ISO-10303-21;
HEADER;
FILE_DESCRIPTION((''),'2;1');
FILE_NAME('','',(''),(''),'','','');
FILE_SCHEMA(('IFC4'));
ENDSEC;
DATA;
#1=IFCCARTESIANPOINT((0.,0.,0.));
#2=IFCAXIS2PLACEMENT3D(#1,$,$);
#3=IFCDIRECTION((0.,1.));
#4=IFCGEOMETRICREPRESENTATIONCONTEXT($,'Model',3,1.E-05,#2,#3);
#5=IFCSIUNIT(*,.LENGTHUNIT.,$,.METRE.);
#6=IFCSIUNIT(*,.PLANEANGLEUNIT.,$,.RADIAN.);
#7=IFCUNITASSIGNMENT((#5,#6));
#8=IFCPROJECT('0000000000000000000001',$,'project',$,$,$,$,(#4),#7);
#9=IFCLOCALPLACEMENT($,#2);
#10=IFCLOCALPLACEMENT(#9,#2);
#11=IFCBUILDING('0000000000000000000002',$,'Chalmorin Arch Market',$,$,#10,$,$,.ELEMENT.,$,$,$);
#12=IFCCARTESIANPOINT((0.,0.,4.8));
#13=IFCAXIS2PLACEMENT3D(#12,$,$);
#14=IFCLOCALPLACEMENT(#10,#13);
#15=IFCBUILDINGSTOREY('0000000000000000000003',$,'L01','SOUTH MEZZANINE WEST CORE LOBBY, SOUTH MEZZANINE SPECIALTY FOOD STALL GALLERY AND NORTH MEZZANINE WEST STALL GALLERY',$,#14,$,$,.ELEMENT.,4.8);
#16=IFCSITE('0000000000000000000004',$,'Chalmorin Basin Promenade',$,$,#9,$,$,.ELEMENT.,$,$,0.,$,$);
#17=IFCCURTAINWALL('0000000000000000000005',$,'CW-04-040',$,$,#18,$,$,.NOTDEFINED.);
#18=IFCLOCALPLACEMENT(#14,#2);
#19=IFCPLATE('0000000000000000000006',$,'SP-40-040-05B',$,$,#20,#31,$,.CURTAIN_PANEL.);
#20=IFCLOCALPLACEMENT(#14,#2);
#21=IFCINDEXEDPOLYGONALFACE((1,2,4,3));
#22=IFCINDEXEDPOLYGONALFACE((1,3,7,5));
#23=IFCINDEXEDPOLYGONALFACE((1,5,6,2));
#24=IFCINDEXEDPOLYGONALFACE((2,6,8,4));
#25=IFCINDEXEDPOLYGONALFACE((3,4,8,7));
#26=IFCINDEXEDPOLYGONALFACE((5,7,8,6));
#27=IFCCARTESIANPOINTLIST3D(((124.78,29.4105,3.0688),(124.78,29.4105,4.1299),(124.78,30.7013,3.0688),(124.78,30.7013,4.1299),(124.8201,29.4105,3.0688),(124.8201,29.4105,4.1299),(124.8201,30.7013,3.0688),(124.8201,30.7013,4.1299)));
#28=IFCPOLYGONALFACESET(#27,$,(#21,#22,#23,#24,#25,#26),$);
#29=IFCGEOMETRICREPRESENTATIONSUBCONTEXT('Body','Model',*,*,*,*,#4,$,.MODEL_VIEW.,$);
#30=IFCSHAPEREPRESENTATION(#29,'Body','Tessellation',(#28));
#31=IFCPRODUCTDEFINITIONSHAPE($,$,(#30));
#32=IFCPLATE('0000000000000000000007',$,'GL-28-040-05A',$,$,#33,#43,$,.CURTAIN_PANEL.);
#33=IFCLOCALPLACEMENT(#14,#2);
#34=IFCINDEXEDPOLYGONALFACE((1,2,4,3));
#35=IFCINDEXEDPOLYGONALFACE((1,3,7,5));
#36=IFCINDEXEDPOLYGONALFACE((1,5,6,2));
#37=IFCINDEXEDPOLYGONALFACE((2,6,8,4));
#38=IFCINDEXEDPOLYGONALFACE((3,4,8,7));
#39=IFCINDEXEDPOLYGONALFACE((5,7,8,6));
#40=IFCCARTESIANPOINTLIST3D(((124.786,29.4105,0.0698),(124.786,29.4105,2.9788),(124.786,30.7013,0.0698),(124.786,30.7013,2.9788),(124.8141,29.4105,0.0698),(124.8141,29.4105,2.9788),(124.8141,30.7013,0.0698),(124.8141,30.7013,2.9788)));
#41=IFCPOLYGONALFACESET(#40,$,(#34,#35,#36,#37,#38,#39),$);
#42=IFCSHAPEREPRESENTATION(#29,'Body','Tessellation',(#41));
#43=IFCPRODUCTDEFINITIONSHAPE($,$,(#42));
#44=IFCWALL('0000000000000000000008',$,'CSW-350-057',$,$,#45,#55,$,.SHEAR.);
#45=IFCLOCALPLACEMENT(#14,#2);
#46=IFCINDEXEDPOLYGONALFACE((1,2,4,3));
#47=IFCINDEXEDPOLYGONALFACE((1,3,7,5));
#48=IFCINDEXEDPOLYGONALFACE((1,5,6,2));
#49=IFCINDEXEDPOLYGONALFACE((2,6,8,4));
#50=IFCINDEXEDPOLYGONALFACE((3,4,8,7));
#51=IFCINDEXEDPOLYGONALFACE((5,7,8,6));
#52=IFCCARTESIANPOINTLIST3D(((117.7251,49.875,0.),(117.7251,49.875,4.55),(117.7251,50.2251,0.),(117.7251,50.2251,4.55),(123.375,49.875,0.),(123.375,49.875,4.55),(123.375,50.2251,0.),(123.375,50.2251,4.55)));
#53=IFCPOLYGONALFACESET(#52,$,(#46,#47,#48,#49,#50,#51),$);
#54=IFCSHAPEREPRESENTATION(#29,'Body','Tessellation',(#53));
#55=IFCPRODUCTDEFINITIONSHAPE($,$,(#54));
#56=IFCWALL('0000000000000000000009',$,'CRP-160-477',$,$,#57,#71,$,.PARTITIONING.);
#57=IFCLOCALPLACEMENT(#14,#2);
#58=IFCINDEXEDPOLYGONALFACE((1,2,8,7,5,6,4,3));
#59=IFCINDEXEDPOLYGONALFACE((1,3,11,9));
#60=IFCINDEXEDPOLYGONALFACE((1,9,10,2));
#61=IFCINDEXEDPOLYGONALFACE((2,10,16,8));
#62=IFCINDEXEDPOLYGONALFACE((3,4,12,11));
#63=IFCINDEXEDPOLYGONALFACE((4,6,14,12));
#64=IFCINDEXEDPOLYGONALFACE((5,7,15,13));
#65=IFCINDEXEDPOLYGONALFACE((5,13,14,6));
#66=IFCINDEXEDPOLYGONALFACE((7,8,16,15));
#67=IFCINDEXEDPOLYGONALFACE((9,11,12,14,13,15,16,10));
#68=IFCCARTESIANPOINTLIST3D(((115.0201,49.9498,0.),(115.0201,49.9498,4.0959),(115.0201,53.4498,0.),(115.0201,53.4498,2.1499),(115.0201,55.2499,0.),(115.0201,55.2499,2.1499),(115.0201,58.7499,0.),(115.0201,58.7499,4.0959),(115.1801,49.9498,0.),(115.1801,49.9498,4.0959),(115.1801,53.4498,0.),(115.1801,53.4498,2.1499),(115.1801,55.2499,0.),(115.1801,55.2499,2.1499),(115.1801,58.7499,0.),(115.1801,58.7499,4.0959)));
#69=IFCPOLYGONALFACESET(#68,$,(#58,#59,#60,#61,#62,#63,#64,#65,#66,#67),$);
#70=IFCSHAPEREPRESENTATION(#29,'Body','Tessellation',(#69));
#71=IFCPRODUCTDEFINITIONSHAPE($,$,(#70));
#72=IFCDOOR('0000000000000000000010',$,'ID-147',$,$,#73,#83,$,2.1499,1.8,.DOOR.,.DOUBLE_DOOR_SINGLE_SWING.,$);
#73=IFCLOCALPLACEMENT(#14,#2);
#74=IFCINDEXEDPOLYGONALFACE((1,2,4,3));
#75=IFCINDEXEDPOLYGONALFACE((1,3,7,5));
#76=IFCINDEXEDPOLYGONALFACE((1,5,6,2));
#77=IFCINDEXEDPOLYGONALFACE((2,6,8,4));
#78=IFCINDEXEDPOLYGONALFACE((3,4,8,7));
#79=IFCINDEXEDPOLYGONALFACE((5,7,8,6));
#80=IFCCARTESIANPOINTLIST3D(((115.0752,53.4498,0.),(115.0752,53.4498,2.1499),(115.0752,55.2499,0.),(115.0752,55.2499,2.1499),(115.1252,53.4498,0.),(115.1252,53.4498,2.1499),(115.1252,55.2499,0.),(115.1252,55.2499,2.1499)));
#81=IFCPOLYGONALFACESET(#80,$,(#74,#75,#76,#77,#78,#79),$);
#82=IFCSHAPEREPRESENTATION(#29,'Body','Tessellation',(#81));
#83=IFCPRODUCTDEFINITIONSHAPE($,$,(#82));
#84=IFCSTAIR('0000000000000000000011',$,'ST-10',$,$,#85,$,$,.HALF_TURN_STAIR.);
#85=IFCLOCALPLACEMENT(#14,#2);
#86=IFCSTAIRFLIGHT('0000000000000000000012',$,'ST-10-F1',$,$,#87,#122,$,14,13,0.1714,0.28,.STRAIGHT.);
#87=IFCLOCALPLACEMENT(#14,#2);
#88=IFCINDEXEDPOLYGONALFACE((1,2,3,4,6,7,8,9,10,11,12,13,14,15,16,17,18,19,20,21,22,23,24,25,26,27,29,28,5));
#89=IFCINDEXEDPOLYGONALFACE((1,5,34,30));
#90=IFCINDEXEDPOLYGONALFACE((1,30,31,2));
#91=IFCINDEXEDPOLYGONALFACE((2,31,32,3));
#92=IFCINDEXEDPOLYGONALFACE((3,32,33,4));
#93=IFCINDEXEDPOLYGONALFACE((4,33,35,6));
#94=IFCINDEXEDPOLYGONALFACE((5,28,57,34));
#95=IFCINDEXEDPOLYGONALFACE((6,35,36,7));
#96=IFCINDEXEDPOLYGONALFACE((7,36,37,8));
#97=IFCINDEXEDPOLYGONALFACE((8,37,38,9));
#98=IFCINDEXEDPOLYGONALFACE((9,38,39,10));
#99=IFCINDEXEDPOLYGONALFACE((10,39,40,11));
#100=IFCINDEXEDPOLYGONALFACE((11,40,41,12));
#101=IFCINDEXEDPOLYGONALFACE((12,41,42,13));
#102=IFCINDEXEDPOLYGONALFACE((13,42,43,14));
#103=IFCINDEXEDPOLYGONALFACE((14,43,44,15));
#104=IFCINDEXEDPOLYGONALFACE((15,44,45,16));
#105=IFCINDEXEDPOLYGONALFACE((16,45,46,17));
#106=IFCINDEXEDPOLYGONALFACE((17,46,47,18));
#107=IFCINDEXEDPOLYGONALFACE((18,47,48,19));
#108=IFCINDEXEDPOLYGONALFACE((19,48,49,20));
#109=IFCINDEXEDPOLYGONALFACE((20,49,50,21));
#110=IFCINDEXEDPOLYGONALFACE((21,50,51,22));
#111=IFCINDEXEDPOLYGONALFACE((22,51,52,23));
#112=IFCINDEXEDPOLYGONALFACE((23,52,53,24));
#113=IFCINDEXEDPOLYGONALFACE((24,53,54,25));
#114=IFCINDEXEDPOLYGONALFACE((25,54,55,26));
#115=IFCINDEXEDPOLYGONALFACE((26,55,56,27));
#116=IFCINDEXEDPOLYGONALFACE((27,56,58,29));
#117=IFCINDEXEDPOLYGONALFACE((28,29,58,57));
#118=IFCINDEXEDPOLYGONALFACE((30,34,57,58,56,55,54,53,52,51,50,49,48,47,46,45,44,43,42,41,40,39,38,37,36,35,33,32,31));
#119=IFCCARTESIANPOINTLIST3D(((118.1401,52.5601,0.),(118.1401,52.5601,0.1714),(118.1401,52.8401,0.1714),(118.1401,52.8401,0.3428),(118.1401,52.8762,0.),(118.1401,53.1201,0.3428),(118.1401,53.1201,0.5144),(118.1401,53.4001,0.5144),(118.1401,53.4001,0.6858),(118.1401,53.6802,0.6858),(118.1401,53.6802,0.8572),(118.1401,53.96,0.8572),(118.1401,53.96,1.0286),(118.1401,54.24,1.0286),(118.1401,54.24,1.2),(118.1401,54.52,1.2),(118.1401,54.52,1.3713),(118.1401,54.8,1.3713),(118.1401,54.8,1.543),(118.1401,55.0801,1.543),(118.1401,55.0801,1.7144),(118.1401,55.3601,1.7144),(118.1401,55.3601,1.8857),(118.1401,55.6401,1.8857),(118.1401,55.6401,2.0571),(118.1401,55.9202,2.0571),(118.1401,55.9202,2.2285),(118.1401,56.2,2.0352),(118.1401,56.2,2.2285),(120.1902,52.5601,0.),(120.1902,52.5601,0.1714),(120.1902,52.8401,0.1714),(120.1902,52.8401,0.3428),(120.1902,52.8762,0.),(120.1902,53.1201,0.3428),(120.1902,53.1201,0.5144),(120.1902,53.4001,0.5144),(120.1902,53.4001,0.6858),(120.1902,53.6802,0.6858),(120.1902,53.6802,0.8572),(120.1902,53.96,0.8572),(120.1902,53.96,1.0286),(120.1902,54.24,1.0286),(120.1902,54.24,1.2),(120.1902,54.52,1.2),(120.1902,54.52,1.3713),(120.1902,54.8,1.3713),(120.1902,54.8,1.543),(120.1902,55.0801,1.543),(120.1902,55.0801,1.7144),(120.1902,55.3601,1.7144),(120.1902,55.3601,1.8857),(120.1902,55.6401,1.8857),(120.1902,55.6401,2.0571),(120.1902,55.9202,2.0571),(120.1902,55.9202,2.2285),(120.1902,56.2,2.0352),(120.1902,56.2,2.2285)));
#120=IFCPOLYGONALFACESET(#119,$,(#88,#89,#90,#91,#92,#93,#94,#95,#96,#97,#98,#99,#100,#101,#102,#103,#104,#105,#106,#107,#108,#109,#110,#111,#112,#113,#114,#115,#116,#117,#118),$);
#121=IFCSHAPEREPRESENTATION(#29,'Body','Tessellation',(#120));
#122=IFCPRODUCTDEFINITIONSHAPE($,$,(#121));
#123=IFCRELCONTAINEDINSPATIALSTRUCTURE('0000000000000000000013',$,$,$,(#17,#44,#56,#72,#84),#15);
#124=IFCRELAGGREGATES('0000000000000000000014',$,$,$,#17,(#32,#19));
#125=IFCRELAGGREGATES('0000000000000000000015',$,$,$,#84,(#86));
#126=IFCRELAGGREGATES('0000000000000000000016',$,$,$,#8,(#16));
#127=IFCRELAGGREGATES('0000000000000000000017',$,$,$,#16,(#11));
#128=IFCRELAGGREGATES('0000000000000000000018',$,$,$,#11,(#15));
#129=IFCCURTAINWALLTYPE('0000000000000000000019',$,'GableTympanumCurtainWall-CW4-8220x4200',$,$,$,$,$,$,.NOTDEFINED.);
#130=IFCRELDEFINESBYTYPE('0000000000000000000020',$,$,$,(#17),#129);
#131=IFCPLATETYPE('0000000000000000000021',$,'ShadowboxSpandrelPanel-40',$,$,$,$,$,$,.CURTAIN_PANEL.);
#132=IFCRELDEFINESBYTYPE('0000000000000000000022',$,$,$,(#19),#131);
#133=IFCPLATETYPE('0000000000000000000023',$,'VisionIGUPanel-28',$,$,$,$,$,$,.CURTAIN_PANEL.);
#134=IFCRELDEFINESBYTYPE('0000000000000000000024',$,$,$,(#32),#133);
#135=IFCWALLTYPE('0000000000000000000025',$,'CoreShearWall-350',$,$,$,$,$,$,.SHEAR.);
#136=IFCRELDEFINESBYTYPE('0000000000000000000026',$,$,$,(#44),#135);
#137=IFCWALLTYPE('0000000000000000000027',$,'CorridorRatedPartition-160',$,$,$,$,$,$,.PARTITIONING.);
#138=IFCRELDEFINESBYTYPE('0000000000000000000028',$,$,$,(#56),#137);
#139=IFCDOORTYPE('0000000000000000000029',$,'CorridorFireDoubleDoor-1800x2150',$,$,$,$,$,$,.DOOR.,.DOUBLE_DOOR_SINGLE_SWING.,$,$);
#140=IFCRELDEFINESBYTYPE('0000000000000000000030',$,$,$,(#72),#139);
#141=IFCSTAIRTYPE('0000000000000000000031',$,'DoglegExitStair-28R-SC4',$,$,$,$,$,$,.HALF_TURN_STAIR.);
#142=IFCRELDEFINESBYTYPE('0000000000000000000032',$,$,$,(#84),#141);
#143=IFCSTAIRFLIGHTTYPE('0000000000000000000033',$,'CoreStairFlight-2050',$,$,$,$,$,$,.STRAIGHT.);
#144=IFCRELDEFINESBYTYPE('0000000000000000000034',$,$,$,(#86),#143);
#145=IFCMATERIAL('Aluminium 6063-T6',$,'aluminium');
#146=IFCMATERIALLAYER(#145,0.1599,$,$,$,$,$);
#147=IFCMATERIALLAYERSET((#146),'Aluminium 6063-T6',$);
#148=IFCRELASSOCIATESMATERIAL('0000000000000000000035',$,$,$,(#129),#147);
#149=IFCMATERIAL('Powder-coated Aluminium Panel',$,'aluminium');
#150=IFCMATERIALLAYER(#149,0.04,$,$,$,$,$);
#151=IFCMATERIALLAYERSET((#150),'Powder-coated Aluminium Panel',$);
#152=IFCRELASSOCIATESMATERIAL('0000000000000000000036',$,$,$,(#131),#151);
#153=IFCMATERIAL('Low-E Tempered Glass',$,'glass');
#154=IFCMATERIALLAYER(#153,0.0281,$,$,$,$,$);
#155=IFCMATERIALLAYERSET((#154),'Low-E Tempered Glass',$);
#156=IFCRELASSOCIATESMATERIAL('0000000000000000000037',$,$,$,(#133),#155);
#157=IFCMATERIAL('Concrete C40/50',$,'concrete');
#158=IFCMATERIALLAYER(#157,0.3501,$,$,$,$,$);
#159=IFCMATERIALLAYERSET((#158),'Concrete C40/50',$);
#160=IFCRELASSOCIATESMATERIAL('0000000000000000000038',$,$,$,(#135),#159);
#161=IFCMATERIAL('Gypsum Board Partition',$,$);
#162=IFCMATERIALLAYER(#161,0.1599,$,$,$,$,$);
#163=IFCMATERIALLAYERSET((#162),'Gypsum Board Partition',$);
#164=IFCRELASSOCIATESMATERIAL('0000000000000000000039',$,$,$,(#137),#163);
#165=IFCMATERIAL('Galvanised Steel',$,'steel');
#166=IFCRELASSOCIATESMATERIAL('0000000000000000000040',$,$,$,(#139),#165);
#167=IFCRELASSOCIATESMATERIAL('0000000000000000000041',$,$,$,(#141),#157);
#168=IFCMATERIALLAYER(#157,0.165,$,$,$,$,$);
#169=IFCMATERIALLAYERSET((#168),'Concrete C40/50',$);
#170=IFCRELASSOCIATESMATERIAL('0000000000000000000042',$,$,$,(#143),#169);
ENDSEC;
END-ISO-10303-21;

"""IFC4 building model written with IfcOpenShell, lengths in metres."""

from ifc_helpers import new_model, si_unit, direction, frame, frame_2d, origin, origin_2d, place, context, subcontext, project, spatial, polyline, rectangle, outline, extrude, material, layer, layer_set, type_object, element, fill, aggregate, save


model = new_model("IFC4")

# Units and contexts
model_context = context("Model", 3, precision=1e-05, world=origin(), true_north=direction((0.0, 1.0)))
body_context = subcontext(model_context, "Body", "Model", "MODEL_VIEW")
ifc_project = project(units=[si_unit("LENGTHUNIT", "METRE"), si_unit("PLANEANGLEUNIT", "RADIAN")], contexts=[model_context])

# Site, building, storey
site_placement = place(None, origin())
site = spatial("IfcSite", under=ifc_project, at=site_placement, Name="Chalmorin Basin Promenade", CompositionType="ELEMENT", RefElevation=0.0)
building_placement = place(site_placement, origin())
building = spatial("IfcBuilding", under=site, at=building_placement, Name="Chalmorin Arch Market", CompositionType="ELEMENT")
storey_placement = place(building_placement, frame((0.0, 0.0, 4.8)))
storey = spatial("IfcBuildingStorey", under=building, at=storey_placement, Name="L01", Description="SOUTH MEZZANINE WEST CORE LOBBY, SOUTH MEZZANINE SPECIALTY FOOD STALL GALLERY AND NORTH MEZZANINE WEST STALL GALLERY", CompositionType="ELEMENT", Elevation=4.8)

# Shared definitions
ifc_material_1 = material(Name="Concrete C40/50", Category="concrete")

# Curtain wall
ifc_material_2 = material(Name="Aluminium 6063-T6", Category="aluminium")
ifc_layer_1 = layer(ifc_material_2, 0.1599)
ifc_layer_set_1 = layer_set([ifc_layer_1], Name="Aluminium 6063-T6")
curtain_wall_type = type_object("IfcCurtainWallType", Name="GableTympanumCurtainWall-CW4-8220x4200", PredefinedType="NOTDEFINED", material=ifc_layer_set_1)
curtain_wall_placement = place(storey_placement, origin())
curtain_wall = element("IfcCurtainWall", 1, at=curtain_wall_placement, inside=storey, type_object=curtain_wall_type, Name="CW-04-040", PredefinedType="NOTDEFINED")

# Plates
ifc_material_3 = material(Name="Powder-coated Aluminium Panel", Category="aluminium")
ifc_layer_2 = layer(ifc_material_3, 0.04)
ifc_layer_set_2 = layer_set([ifc_layer_2], Name="Powder-coated Aluminium Panel")
plate_type_1 = type_object("IfcPlateType", Name="ShadowboxSpandrelPanel-40", PredefinedType="CURTAIN_PANEL", material=ifc_layer_set_2)
plate_1_placement = place(storey_placement, frame((124.8, 30.0559, 3.0688), z_axis=(0.0, 0.0, 1.0), x_axis=(0.0, 1.0, 0.0)))
plate_1 = element("IfcPlate", 2, at=plate_1_placement, type_object=plate_type_1, Name="SP-40-040-05B", PredefinedType="CURTAIN_PANEL", context=body_context, shape_type="SweptSolid", body=[
    extrude(rectangle(XDim=1.2908, YDim=0.04, at=origin_2d()), origin(), (0.0, 0.0, 1.0), 1.061),
])
ifc_material_4 = material(Name="Low-E Tempered Glass", Category="glass")
ifc_layer_3 = layer(ifc_material_4, 0.0281)
ifc_layer_set_3 = layer_set([ifc_layer_3], Name="Low-E Tempered Glass")
plate_type_2 = type_object("IfcPlateType", Name="VisionIGUPanel-28", PredefinedType="CURTAIN_PANEL", material=ifc_layer_set_3)
plate_2_placement = place(storey_placement, frame((124.8, 30.0559, 0.0698), z_axis=(0.0, 0.0, 1.0), x_axis=(0.0, 1.0, 0.0)))
plate_2 = element("IfcPlate", 3, at=plate_2_placement, type_object=plate_type_2, Name="GL-28-040-05A", PredefinedType="CURTAIN_PANEL", context=body_context, shape_type="SweptSolid", body=[
    extrude(rectangle(XDim=1.2908, YDim=0.0281, at=origin_2d()), origin(), (0.0, 0.0, 1.0), 2.9089),
])
aggregate(curtain_wall, [plate_2, plate_1])

# Wall
ifc_layer_4 = layer(ifc_material_1, 0.3501)
ifc_layer_set_4 = layer_set([ifc_layer_4], Name="Concrete C40/50")
wall_type_1 = type_object("IfcWallType", Name="CoreShearWall-350", PredefinedType="SHEAR", material=ifc_layer_set_4)
wall_1_placement = place(storey_placement, frame((123.375, 50.05, 0.0), z_axis=(0.0, 0.0, 1.0), x_axis=(-1.0, 0.0, 0.0)))
element("IfcWall", 4, at=wall_1_placement, inside=storey, type_object=wall_type_1, Name="CSW-350-057", PredefinedType="SHEAR", context=body_context, shape_type="SweptSolid", body=[
    extrude(rectangle(XDim=5.6499, YDim=0.3501, at=frame_2d((2.825, 0.0))), origin(), (0.0, 0.0, 1.0), 4.55),
])

# Wall, opening, door
ifc_material_5 = material(Name="Galvanised Steel", Category="steel")
ifc_material_6 = material(Name="Gypsum Board Partition")
ifc_layer_5 = layer(ifc_material_6, 0.1599)
ifc_layer_set_5 = layer_set([ifc_layer_5], Name="Gypsum Board Partition")
wall_type_2 = type_object("IfcWallType", Name="CorridorRatedPartition-160", PredefinedType="PARTITIONING", material=ifc_layer_set_5)
wall_2_placement = place(storey_placement, frame((115.1001, 49.95, 0.0), z_axis=(0.0, 0.0, 1.0), x_axis=(0.0, 1.0, 0.0)))
wall_2 = element("IfcWall", 5, at=wall_2_placement, inside=storey, type_object=wall_type_2, Name="CRP-160-477", PredefinedType="PARTITIONING", context=body_context, shape_type="SweptSolid", body=[
    extrude(rectangle(XDim=8.8, YDim=0.1599, at=frame_2d((4.3999, 0.0))), origin(), (0.0, 0.0, 1.0), 4.0959),
])
opening_1_placement = place(wall_2_placement, frame((3.5, 0.0, 0.0)))
opening_1 = element("IfcOpeningElement", 6, at=opening_1_placement, cuts=wall_2, PredefinedType="OPENING", context=body_context, shape_type="SweptSolid", body=[
    extrude(rectangle(XDim=1.8, YDim=2.1499, at=frame_2d((0.8999, 1.075))), frame((0.0, 0.0898, 0.0), z_axis=(0.0, -1.0, 0.0), x_axis=(1.0, 0.0, 0.0)), (0.0, 0.0, 1.0), 0.1799),
])
door_type_1 = type_object("IfcDoorType", Name="CorridorFireDoubleDoor-1800x2150", OperationType="DOUBLE_DOOR_SINGLE_SWING", PredefinedType="DOOR", material=ifc_material_5)
door_1_placement = place(opening_1_placement, origin())
door_1 = element("IfcDoor", 7, at=door_1_placement, inside=storey, type_object=door_type_1, Name="ID-147", OperationType="DOUBLE_DOOR_SINGLE_SWING", OverallHeight=2.1499, OverallWidth=1.8, PredefinedType="DOOR", context=body_context, shape_type="SweptSolid", body=[
    extrude(rectangle(XDim=1.8, YDim=2.1499, at=frame_2d((0.8999, 1.075))), frame((0.0, 0.0249, 0.0), z_axis=(0.0, -1.0, 0.0), x_axis=(1.0, 0.0, 0.0)), (0.0, 0.0, 1.0), 0.05),
])
fill(opening_1, door_1)

# Stair, stair flight
stair_type = type_object("IfcStairType", Name="DoglegExitStair-28R-SC4", PredefinedType="HALF_TURN_STAIR", material=ifc_material_1)
stair_placement = place(storey_placement, origin())
stair = element("IfcStair", 8, at=stair_placement, inside=storey, type_object=stair_type, Name="ST-10", PredefinedType="HALF_TURN_STAIR")
ifc_layer_6 = layer(ifc_material_1, 0.165)
ifc_layer_set_6 = layer_set([ifc_layer_6], Name="Concrete C40/50")
stair_flight_type = type_object("IfcStairFlightType", Name="CoreStairFlight-2050", PredefinedType="STRAIGHT", material=ifc_layer_set_6)
stair_flight_placement = place(storey_placement, frame((119.165, 52.5601, 0.0), z_axis=(0.0, 0.0, 1.0), x_axis=(0.0, 1.0, 0.0)))
stair_flight = element("IfcStairFlight", 9, at=stair_flight_placement, type_object=stair_flight_type, Name="ST-10-F1", NumberOfRisers=14, NumberOfTreads=13, PredefinedType="STRAIGHT", RiserHeight=0.1714, TreadLength=0.28, context=body_context, shape_type="SweptSolid", body=[
    extrude(outline(polyline([(0.0, 0.0), (0.0, 0.1714), (0.28, 0.1714), (0.28, 0.3428), (0.5601, 0.3428), (0.5601, 0.5144), (0.8401, 0.5144), (0.8401, 0.6858), (1.1201, 0.6858), (1.1201, 0.8572), (1.3999, 0.8572), (1.3999, 1.0286), (1.6799, 1.0286), (1.6799, 1.2), (1.96, 1.2), (1.96, 1.3713), (2.24, 1.3713), (2.24, 1.543), (2.52, 1.543), (2.52, 1.7144), (2.8, 1.7144), (2.8, 1.8857), (3.0801, 1.8857), (3.0801, 2.0571), (3.3601, 2.0571), (3.3601, 2.2285), (3.6399, 2.2285), (3.6399, 2.3999), (3.6399, 2.0352), (0.3162, 0.0), (0.0, 0.0)])), frame((0.0, 1.0249, 0.0), z_axis=(0.0, -1.0, 0.0), x_axis=(1.0, 0.0, 0.0)), (0.0, 0.0, 1.0), 2.05),
])

aggregate(stair, [stair_flight])

save(model, "model.ifc")
